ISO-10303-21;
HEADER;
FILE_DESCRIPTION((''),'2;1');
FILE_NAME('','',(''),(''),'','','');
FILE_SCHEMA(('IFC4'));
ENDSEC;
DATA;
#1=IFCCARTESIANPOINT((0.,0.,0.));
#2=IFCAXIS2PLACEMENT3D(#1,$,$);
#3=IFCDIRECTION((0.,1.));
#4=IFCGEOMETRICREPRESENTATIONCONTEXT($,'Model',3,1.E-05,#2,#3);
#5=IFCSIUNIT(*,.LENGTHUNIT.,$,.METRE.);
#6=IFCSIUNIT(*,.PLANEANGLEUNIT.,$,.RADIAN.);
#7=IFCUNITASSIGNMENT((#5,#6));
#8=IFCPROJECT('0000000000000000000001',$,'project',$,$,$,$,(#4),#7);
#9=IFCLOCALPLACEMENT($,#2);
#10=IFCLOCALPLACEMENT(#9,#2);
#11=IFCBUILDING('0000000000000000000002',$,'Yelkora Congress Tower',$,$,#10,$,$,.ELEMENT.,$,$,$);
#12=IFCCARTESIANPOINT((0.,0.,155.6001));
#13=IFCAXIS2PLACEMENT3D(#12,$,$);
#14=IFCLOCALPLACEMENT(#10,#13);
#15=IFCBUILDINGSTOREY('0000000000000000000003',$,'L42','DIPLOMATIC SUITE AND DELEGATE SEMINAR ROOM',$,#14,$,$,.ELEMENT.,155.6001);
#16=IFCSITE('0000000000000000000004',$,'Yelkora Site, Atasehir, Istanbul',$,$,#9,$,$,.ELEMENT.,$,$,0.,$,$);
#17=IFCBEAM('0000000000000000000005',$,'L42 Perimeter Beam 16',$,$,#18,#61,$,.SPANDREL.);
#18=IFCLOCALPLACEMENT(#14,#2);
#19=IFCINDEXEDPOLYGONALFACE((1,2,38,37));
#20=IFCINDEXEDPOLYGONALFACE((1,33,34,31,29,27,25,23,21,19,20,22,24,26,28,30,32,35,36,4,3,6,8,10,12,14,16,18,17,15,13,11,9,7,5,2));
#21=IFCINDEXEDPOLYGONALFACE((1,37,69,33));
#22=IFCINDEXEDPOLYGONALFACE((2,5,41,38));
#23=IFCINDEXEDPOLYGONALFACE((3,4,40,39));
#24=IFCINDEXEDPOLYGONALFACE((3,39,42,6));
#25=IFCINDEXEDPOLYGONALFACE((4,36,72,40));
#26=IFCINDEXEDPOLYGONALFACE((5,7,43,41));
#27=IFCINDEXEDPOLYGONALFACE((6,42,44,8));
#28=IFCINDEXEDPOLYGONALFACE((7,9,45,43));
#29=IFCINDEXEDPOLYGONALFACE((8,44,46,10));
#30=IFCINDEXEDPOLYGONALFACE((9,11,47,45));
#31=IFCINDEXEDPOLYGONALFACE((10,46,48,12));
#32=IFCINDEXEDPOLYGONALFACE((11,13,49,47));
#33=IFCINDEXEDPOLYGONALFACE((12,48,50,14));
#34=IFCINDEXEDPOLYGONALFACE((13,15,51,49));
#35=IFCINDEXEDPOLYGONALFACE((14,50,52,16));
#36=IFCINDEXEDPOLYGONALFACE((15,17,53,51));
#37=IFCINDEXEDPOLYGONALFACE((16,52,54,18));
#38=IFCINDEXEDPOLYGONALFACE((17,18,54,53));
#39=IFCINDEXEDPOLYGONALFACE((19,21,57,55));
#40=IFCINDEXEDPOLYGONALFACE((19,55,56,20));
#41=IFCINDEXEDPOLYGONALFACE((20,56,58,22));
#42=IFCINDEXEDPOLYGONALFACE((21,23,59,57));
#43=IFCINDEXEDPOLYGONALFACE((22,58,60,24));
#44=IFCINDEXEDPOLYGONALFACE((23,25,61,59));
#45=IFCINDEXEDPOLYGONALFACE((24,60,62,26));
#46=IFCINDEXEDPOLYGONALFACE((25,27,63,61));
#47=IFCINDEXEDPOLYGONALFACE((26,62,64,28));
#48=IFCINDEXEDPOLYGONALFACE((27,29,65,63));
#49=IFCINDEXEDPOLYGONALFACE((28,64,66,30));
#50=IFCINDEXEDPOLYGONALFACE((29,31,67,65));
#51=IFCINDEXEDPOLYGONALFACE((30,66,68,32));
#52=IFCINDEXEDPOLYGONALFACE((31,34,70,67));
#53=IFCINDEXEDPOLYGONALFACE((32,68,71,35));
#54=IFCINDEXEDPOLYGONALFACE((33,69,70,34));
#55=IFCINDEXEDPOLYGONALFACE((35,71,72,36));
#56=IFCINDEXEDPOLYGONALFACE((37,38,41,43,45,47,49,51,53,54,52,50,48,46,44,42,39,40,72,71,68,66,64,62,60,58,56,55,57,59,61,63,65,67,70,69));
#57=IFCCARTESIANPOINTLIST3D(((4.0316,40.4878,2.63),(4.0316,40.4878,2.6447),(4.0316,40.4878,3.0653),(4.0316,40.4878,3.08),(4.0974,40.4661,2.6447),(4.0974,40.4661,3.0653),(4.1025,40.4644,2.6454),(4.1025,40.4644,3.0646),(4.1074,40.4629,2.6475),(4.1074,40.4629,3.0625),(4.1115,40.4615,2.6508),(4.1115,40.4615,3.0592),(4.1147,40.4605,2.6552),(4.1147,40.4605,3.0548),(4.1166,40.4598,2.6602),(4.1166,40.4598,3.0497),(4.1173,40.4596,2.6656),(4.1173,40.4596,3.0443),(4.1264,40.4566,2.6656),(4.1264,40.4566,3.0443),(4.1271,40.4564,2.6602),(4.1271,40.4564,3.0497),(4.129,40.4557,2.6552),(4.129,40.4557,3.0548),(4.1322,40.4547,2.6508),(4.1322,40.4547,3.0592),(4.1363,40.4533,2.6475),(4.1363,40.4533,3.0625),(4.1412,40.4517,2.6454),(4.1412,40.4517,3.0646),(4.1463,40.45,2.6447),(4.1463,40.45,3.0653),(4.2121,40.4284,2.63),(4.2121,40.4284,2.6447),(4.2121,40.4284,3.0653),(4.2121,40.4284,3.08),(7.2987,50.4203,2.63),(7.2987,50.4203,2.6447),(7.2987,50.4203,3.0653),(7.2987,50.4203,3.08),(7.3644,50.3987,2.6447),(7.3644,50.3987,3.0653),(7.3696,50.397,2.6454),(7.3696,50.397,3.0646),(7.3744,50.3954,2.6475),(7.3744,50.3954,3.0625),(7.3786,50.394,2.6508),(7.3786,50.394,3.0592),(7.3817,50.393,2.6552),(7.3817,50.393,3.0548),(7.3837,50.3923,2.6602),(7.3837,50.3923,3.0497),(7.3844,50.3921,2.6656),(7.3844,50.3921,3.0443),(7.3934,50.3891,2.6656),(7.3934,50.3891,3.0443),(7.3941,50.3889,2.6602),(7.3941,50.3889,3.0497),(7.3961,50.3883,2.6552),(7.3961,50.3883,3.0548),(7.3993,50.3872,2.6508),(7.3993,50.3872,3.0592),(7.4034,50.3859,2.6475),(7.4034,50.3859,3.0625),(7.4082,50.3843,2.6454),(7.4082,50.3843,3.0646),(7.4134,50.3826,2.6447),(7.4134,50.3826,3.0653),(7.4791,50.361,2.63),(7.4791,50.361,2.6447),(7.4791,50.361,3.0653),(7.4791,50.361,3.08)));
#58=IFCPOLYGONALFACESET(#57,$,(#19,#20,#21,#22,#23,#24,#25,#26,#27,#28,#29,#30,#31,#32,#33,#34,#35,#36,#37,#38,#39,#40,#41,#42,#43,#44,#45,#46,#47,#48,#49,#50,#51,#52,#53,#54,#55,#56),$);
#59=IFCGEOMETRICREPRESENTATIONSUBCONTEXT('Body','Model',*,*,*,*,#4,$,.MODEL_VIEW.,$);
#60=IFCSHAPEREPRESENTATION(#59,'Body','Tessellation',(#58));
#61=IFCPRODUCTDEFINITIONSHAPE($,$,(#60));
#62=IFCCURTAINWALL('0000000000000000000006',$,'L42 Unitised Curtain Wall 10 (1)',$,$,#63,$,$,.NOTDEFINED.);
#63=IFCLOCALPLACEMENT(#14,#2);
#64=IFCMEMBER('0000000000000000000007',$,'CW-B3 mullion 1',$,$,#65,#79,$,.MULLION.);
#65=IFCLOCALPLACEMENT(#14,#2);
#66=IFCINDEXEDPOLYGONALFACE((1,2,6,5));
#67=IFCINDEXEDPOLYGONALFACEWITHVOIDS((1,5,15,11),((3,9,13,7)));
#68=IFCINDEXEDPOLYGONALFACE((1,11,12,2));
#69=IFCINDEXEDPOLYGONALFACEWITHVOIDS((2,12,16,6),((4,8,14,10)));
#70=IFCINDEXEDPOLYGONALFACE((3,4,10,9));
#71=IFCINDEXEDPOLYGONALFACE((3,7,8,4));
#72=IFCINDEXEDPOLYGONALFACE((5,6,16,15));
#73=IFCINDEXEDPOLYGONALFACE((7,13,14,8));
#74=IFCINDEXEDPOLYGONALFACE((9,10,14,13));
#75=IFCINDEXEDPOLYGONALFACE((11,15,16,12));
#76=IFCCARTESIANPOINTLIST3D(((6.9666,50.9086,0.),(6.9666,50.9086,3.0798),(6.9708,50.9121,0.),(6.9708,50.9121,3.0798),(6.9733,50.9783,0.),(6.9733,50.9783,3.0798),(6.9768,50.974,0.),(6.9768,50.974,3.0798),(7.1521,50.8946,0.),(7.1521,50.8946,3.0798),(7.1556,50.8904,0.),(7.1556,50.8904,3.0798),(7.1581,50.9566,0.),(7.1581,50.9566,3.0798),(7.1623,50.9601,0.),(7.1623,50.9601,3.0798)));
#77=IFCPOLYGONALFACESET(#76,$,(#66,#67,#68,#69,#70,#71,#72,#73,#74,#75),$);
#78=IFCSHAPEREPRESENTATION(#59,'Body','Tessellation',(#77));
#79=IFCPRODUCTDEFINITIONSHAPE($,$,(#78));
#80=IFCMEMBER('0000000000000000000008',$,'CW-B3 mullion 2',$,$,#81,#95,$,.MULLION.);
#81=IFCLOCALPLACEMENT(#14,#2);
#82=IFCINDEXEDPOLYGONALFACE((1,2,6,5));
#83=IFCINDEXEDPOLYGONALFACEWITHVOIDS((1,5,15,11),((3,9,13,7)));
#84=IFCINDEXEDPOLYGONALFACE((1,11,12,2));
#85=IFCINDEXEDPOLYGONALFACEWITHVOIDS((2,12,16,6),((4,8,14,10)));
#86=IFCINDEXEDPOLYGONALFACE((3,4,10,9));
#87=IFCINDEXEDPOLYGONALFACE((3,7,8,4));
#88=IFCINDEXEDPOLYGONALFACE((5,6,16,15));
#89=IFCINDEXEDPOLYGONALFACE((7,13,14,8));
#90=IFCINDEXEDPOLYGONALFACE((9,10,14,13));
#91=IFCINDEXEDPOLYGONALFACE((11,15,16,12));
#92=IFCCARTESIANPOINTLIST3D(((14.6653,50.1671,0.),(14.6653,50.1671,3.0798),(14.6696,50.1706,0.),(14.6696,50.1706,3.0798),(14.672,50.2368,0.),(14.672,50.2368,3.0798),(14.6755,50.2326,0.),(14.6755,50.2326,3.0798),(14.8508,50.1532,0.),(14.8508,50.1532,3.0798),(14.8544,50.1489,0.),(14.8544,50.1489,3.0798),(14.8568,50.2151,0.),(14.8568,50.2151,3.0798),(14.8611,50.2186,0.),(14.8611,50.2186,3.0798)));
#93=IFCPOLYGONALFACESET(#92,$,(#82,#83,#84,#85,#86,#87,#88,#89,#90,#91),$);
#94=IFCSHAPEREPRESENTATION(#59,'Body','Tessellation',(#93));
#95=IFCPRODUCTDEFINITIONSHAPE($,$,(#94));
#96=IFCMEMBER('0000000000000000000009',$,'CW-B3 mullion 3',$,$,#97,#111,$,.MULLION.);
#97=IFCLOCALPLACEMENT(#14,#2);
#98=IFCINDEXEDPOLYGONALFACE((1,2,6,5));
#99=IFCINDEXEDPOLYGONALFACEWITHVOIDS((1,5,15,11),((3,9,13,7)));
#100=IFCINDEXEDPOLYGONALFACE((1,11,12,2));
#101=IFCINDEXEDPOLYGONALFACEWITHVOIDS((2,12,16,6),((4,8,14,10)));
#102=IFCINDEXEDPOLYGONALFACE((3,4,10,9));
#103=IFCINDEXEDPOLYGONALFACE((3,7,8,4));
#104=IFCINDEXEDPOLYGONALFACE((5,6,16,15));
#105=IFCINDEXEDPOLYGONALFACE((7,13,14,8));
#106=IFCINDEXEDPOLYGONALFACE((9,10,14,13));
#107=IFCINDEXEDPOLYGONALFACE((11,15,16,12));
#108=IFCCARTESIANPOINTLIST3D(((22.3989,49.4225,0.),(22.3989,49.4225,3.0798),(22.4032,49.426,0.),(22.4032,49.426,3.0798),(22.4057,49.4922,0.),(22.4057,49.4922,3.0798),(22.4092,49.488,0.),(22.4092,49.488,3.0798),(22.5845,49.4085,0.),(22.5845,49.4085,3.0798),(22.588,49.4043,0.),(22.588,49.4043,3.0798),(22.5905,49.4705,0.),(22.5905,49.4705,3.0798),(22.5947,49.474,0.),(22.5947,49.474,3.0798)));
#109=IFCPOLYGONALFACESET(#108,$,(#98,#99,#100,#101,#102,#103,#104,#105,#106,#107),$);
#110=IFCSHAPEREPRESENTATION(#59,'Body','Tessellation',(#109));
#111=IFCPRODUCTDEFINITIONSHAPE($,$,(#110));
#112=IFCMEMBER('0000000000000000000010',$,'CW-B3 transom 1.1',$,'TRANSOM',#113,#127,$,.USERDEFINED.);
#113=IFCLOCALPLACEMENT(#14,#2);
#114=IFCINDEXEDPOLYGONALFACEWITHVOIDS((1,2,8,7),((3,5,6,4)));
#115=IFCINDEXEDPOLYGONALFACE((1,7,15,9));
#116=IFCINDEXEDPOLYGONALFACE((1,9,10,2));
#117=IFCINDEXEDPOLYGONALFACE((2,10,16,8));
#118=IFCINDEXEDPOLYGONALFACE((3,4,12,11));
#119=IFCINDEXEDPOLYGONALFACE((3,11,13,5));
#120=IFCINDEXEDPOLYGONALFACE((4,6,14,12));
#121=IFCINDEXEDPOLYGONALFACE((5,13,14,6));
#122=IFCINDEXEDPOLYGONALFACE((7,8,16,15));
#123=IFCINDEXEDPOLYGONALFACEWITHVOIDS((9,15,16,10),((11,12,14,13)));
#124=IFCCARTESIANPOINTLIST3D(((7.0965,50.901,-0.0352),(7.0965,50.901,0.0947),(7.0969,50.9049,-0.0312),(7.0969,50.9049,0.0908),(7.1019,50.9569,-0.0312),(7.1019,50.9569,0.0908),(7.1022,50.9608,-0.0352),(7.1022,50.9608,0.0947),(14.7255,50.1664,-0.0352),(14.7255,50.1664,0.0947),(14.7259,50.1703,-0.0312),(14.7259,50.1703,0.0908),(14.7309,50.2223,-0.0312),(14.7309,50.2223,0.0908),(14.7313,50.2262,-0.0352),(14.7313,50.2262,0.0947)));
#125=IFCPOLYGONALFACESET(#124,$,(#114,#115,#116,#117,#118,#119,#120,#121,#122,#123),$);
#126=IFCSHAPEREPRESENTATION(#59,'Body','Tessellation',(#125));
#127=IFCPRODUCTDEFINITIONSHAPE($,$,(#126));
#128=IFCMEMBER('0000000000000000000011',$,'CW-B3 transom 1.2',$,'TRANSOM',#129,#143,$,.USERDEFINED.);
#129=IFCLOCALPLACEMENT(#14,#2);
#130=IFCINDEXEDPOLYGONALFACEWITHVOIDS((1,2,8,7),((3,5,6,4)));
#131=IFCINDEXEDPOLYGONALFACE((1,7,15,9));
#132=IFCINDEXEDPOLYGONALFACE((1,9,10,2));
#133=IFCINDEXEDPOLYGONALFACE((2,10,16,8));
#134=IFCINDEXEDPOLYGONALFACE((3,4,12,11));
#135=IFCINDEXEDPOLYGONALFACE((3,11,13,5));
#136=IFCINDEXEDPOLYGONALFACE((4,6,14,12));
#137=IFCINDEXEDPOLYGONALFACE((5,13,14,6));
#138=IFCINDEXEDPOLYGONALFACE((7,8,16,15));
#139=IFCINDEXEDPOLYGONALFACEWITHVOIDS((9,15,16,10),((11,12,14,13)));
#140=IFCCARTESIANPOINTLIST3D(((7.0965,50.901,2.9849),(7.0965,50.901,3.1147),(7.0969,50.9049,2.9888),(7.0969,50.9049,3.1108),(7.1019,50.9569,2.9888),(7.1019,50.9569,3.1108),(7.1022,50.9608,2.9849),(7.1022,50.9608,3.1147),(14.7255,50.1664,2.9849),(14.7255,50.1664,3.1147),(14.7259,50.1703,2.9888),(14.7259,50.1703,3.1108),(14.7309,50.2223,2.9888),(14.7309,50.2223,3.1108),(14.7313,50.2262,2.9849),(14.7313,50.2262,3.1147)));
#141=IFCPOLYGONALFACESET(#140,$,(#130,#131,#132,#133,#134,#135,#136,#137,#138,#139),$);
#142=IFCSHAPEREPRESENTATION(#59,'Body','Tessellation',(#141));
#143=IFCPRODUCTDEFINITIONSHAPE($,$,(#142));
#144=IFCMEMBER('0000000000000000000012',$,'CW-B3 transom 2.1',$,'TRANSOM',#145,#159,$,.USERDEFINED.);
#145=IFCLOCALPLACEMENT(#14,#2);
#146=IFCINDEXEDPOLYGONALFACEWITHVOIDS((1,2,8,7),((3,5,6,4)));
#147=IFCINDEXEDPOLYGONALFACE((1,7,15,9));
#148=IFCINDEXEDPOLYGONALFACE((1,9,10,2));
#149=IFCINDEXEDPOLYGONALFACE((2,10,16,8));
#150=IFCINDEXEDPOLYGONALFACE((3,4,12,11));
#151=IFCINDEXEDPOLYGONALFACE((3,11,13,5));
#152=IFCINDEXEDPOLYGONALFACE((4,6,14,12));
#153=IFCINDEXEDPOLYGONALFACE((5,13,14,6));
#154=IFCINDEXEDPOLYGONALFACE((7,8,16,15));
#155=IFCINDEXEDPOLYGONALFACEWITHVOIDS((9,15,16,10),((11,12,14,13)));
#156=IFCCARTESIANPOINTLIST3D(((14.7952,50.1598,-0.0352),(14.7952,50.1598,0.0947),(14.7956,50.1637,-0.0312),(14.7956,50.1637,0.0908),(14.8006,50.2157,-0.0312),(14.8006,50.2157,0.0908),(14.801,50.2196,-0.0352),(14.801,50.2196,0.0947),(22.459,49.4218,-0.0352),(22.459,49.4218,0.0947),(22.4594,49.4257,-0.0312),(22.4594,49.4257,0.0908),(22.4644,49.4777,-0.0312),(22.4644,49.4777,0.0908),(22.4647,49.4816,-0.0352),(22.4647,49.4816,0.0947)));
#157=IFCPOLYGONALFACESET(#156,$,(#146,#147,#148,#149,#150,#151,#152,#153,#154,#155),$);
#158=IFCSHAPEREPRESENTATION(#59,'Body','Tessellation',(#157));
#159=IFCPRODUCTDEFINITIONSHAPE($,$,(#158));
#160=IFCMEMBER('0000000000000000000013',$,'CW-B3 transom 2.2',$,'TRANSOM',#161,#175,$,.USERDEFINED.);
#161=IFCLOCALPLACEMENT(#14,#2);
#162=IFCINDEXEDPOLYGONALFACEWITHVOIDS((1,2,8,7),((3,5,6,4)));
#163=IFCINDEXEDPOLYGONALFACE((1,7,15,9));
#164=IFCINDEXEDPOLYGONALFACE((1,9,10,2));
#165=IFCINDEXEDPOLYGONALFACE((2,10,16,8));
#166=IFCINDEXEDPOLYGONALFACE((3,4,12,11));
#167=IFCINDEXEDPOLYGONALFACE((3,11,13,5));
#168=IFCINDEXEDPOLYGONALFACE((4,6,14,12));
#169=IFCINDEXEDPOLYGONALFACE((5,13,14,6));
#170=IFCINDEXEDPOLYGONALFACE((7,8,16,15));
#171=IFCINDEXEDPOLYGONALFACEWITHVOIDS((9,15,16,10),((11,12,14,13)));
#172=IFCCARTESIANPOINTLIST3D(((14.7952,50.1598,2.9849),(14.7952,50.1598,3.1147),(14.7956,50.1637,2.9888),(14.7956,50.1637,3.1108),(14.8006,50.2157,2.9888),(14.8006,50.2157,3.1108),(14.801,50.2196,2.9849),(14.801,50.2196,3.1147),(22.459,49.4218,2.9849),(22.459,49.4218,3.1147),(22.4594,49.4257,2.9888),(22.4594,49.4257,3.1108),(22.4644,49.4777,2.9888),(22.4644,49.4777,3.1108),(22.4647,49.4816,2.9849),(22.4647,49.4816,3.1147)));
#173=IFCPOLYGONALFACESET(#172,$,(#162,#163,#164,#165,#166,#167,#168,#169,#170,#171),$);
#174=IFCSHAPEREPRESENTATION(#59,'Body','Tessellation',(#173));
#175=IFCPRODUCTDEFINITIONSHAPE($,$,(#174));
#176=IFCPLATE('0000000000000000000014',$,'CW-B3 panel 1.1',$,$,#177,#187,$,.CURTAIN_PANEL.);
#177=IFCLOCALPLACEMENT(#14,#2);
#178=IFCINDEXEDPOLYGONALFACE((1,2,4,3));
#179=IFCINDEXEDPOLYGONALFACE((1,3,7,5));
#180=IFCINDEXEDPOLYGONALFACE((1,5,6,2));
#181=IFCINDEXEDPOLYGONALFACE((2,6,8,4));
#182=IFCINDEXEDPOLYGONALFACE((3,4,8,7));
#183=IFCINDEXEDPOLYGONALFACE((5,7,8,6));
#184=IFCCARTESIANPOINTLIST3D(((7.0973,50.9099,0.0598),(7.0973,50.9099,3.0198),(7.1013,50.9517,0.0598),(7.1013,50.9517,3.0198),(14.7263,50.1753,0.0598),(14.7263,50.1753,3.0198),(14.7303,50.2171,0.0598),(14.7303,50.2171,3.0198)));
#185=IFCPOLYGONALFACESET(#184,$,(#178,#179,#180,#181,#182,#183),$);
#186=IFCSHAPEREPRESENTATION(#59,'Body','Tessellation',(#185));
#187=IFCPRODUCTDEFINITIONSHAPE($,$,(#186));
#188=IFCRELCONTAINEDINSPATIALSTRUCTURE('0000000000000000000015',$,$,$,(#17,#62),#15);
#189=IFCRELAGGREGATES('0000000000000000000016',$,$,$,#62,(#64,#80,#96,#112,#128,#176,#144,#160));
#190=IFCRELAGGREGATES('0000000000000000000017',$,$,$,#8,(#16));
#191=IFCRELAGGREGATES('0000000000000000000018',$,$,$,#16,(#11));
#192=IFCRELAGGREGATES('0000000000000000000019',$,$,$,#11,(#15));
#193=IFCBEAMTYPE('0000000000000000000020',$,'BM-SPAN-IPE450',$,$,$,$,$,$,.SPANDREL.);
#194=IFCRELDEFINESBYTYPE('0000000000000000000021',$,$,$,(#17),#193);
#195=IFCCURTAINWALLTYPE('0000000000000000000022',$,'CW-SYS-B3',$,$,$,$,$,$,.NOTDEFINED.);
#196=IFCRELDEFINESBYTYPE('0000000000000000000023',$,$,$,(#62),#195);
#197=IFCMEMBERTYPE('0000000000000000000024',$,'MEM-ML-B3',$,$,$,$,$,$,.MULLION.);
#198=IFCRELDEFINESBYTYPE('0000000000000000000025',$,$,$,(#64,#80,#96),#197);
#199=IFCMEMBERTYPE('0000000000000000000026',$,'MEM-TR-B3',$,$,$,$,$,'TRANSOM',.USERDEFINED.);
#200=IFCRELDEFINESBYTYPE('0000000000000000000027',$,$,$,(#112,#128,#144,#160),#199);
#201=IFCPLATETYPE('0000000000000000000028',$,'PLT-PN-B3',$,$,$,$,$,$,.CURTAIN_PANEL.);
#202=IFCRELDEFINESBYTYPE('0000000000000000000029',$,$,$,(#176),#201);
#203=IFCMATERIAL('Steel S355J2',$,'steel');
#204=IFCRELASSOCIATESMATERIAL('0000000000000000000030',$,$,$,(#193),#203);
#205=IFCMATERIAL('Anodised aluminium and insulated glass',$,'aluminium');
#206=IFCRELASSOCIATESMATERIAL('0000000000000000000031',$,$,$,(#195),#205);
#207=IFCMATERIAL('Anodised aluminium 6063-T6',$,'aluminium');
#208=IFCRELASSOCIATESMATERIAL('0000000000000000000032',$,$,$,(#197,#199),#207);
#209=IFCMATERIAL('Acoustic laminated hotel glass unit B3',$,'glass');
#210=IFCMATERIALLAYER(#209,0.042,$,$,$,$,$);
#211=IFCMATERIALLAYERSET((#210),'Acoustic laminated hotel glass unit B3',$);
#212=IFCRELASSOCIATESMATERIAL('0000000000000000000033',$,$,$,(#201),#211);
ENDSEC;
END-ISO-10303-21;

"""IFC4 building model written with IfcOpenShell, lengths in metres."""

from ifc_helpers import new_model, si_unit, direction, frame, origin, origin_2d, place, context, subcontext, project, spatial, rectangle, hollow_rectangle, i_section, extrude, material, layer, layer_set, material_profile, profile_set, type_object, element, aggregate, save


model = new_model("IFC4")

# Units and contexts
model_context = context("Model", 3, precision=1e-05, world=origin(), true_north=direction((0.0, 1.0)))
body_context = subcontext(model_context, "Body", "Model", "MODEL_VIEW")
ifc_project = project(units=[si_unit("LENGTHUNIT", "METRE"), si_unit("PLANEANGLEUNIT", "RADIAN")], contexts=[model_context])

# Site, building, storey
site_placement = place(None, origin())
site = spatial("IfcSite", under=ifc_project, at=site_placement, Name="Yelkora Site, Atasehir, Istanbul", CompositionType="ELEMENT", RefElevation=0.0)
building_placement = place(site_placement, origin())
building = spatial("IfcBuilding", under=site, at=building_placement, Name="Yelkora Congress Tower", CompositionType="ELEMENT")
storey_placement = place(building_placement, frame((0.0, 0.0, 155.6001)))
storey = spatial("IfcBuildingStorey", under=building, at=storey_placement, Name="L42", Description="DIPLOMATIC SUITE AND DELEGATE SEMINAR ROOM", CompositionType="ELEMENT", Elevation=155.6001)

# Beam
ifc_material_1 = material(Name="Steel S355J2", Category="steel")
ifc_material_profile_1 = material_profile(ifc_material_1, i_section(OverallWidth=0.1899, OverallDepth=0.45, WebThickness=0.0095, FlangeThickness=0.0146, FilletRadius=0.021, at=origin_2d()), Name="IPE 450")
ifc_profile_set_1 = profile_set([ifc_material_profile_1], Name="Steel S355J2")
beam_type_1 = type_object("IfcBeamType", Name="BM-SPAN-IPE450", PredefinedType="SPANDREL", material=ifc_profile_set_1)
beam_1_placement = place(storey_placement, frame((7.3889, 50.3906, 2.855), z_axis=(-0.312457, -0.949932, 0.0), x_axis=(0.949932, -0.312457, 0.0)))
element("IfcBeam", 1, at=beam_1_placement, inside=storey, type_object=beam_type_1, Name="L42 Perimeter Beam 16", PredefinedType="SPANDREL", context=body_context, shape_type="SweptSolid", body=[
    extrude(i_section(OverallWidth=0.1899, OverallDepth=0.45, WebThickness=0.0095, FlangeThickness=0.0146, FilletRadius=0.021, at=origin_2d()), origin(), (0.0, 0.0, 1.0), 10.4561),
])

# Curtain wall, members, plate
ifc_material_2 = material(Name="Anodised aluminium and insulated glass", Category="aluminium")
curtain_wall_type = type_object("IfcCurtainWallType", Name="CW-SYS-B3", PredefinedType="NOTDEFINED", material=ifc_material_2)
curtain_wall_placement = place(storey_placement, origin())
curtain_wall = element("IfcCurtainWall", 2, at=curtain_wall_placement, inside=storey, type_object=curtain_wall_type, Name="L42 Unitised Curtain Wall 10 (1)", PredefinedType="NOTDEFINED")
ifc_material_3 = material(Name="Anodised aluminium 6063-T6", Category="aluminium")
ifc_material_profile_2 = material_profile(ifc_material_3, hollow_rectangle(XDim=0.0701, YDim=0.1899, WallThickness=0.0039, at=origin_2d()), Name="ALU 70x190x4")
ifc_profile_set_2 = profile_set([ifc_material_profile_2], Name="Anodised aluminium 6063-T6")
member_type_1 = type_object("IfcMemberType", Name="MEM-ML-B3", PredefinedType="MULLION", material=ifc_profile_set_2)
member_1_placement = place(storey_placement, frame((7.0645, 50.9343, 0.0), z_axis=(0.0, 0.0, 1.0), x_axis=(0.095845, 0.995396, 0.0)))
member_1 = element("IfcMember", 3, at=member_1_placement, type_object=member_type_1, Name="CW-B3 mullion 1", PredefinedType="MULLION", context=body_context, shape_type="SweptSolid", body=[
    extrude(hollow_rectangle(XDim=0.0701, YDim=0.1899, WallThickness=0.0039, at=origin_2d()), origin(), (0.0, 0.0, 1.0), 3.0798),
])
member_2_placement = place(storey_placement, frame((14.7632, 50.1929, 0.0), z_axis=(0.0, 0.0, 1.0), x_axis=(0.095845, 0.995396, 0.0)))
member_2 = element("IfcMember", 4, at=member_2_placement, type_object=member_type_1, Name="CW-B3 mullion 2", PredefinedType="MULLION", context=body_context, shape_type="SweptSolid", body=[
    extrude(hollow_rectangle(XDim=0.0701, YDim=0.1899, WallThickness=0.0039, at=origin_2d()), origin(), (0.0, 0.0, 1.0), 3.0798),
])
member_3_placement = place(storey_placement, frame((22.4968, 49.4482, 0.0), z_axis=(0.0, 0.0, 1.0), x_axis=(0.095845, 0.995396, 0.0)))
member_3 = element("IfcMember", 5, at=member_3_placement, type_object=member_type_1, Name="CW-B3 mullion 3", PredefinedType="MULLION", context=body_context, shape_type="SweptSolid", body=[
    extrude(hollow_rectangle(XDim=0.0701, YDim=0.1899, WallThickness=0.0039, at=origin_2d()), origin(), (0.0, 0.0, 1.0), 3.0798),
])
ifc_material_profile_3 = material_profile(ifc_material_3, hollow_rectangle(XDim=0.0601, YDim=0.1299, WallThickness=0.0039, at=origin_2d()), Name="ALU 60x130x4")
ifc_profile_set_3 = profile_set([ifc_material_profile_3], Name="Anodised aluminium 6063-T6")
member_type_2 = type_object("IfcMemberType", Name="MEM-TR-B3", ElementType="TRANSOM", PredefinedType="USERDEFINED", material=ifc_profile_set_3)
member_4_placement = place(storey_placement, frame((7.0994, 50.9309, 0.0298), z_axis=(0.995396, -0.095851, 0.0), x_axis=(0.095851, 0.995396, 0.0)))
member_4 = element("IfcMember", 6, at=member_4_placement, type_object=member_type_2, Name="CW-B3 transom 1.1", ObjectType="TRANSOM", PredefinedType="USERDEFINED", context=body_context, shape_type="SweptSolid", body=[
    extrude(hollow_rectangle(XDim=0.0601, YDim=0.1299, WallThickness=0.0039, at=origin_2d()), origin(), (0.0, 0.0, 1.0), 7.6643),
])
member_5_placement = place(storey_placement, frame((7.0994, 50.9309, 3.0498), z_axis=(0.995396, -0.095851, 0.0), x_axis=(0.095851, 0.995396, 0.0)))
member_5 = element("IfcMember", 7, at=member_5_placement, type_object=member_type_2, Name="CW-B3 transom 1.2", ObjectType="TRANSOM", PredefinedType="USERDEFINED", context=body_context, shape_type="SweptSolid", body=[
    extrude(hollow_rectangle(XDim=0.0601, YDim=0.1299, WallThickness=0.0039, at=origin_2d()), origin(), (0.0, 0.0, 1.0), 7.6643),
])
member_6_placement = place(storey_placement, frame((14.7981, 50.1897, 0.0298), z_axis=(0.995395, -0.095858, 0.0), x_axis=(0.095858, 0.995395, 0.0)))
member_6 = element("IfcMember", 8, at=member_6_placement, type_object=member_type_2, Name="CW-B3 transom 2.1", ObjectType="TRANSOM", PredefinedType="USERDEFINED", context=body_context, shape_type="SweptSolid", body=[
    extrude(hollow_rectangle(XDim=0.0601, YDim=0.1299, WallThickness=0.0039, at=origin_2d()), origin(), (0.0, 0.0, 1.0), 7.6992),
])
member_7_placement = place(storey_placement, frame((14.7981, 50.1897, 3.0498), z_axis=(0.995395, -0.095858, 0.0), x_axis=(0.095858, 0.995395, 0.0)))
member_7 = element("IfcMember", 9, at=member_7_placement, type_object=member_type_2, Name="CW-B3 transom 2.2", ObjectType="TRANSOM", PredefinedType="USERDEFINED", context=body_context, shape_type="SweptSolid", body=[
    extrude(hollow_rectangle(XDim=0.0601, YDim=0.1299, WallThickness=0.0039, at=origin_2d()), origin(), (0.0, 0.0, 1.0), 7.6992),
])
ifc_material_4 = material(Name="Acoustic laminated hotel glass unit B3", Category="glass")
ifc_layer_1 = layer(ifc_material_4, 0.042)
ifc_layer_set_1 = layer_set([ifc_layer_1], Name="Acoustic laminated hotel glass unit B3")
plate_type = type_object("IfcPlateType", Name="PLT-PN-B3", PredefinedType="CURTAIN_PANEL", material=ifc_layer_set_1)
plate_1_placement = place(storey_placement, frame((10.9138, 50.5635, 0.0598), z_axis=(0.0, 0.0, 1.0), x_axis=(0.995396, -0.095845, 0.0)))
plate_1 = element("IfcPlate", 10, at=plate_1_placement, type_object=plate_type, Name="CW-B3 panel 1.1", PredefinedType="CURTAIN_PANEL", context=body_context, shape_type="SweptSolid", body=[
    extrude(rectangle(XDim=7.6643, YDim=0.042, at=origin_2d()), origin(), (0.0, 0.0, 1.0), 2.96),
])
aggregate(curtain_wall, [member_1, member_2, member_3, member_4, member_5, plate_1, member_6, member_7])

save(model, "model.ifc")
